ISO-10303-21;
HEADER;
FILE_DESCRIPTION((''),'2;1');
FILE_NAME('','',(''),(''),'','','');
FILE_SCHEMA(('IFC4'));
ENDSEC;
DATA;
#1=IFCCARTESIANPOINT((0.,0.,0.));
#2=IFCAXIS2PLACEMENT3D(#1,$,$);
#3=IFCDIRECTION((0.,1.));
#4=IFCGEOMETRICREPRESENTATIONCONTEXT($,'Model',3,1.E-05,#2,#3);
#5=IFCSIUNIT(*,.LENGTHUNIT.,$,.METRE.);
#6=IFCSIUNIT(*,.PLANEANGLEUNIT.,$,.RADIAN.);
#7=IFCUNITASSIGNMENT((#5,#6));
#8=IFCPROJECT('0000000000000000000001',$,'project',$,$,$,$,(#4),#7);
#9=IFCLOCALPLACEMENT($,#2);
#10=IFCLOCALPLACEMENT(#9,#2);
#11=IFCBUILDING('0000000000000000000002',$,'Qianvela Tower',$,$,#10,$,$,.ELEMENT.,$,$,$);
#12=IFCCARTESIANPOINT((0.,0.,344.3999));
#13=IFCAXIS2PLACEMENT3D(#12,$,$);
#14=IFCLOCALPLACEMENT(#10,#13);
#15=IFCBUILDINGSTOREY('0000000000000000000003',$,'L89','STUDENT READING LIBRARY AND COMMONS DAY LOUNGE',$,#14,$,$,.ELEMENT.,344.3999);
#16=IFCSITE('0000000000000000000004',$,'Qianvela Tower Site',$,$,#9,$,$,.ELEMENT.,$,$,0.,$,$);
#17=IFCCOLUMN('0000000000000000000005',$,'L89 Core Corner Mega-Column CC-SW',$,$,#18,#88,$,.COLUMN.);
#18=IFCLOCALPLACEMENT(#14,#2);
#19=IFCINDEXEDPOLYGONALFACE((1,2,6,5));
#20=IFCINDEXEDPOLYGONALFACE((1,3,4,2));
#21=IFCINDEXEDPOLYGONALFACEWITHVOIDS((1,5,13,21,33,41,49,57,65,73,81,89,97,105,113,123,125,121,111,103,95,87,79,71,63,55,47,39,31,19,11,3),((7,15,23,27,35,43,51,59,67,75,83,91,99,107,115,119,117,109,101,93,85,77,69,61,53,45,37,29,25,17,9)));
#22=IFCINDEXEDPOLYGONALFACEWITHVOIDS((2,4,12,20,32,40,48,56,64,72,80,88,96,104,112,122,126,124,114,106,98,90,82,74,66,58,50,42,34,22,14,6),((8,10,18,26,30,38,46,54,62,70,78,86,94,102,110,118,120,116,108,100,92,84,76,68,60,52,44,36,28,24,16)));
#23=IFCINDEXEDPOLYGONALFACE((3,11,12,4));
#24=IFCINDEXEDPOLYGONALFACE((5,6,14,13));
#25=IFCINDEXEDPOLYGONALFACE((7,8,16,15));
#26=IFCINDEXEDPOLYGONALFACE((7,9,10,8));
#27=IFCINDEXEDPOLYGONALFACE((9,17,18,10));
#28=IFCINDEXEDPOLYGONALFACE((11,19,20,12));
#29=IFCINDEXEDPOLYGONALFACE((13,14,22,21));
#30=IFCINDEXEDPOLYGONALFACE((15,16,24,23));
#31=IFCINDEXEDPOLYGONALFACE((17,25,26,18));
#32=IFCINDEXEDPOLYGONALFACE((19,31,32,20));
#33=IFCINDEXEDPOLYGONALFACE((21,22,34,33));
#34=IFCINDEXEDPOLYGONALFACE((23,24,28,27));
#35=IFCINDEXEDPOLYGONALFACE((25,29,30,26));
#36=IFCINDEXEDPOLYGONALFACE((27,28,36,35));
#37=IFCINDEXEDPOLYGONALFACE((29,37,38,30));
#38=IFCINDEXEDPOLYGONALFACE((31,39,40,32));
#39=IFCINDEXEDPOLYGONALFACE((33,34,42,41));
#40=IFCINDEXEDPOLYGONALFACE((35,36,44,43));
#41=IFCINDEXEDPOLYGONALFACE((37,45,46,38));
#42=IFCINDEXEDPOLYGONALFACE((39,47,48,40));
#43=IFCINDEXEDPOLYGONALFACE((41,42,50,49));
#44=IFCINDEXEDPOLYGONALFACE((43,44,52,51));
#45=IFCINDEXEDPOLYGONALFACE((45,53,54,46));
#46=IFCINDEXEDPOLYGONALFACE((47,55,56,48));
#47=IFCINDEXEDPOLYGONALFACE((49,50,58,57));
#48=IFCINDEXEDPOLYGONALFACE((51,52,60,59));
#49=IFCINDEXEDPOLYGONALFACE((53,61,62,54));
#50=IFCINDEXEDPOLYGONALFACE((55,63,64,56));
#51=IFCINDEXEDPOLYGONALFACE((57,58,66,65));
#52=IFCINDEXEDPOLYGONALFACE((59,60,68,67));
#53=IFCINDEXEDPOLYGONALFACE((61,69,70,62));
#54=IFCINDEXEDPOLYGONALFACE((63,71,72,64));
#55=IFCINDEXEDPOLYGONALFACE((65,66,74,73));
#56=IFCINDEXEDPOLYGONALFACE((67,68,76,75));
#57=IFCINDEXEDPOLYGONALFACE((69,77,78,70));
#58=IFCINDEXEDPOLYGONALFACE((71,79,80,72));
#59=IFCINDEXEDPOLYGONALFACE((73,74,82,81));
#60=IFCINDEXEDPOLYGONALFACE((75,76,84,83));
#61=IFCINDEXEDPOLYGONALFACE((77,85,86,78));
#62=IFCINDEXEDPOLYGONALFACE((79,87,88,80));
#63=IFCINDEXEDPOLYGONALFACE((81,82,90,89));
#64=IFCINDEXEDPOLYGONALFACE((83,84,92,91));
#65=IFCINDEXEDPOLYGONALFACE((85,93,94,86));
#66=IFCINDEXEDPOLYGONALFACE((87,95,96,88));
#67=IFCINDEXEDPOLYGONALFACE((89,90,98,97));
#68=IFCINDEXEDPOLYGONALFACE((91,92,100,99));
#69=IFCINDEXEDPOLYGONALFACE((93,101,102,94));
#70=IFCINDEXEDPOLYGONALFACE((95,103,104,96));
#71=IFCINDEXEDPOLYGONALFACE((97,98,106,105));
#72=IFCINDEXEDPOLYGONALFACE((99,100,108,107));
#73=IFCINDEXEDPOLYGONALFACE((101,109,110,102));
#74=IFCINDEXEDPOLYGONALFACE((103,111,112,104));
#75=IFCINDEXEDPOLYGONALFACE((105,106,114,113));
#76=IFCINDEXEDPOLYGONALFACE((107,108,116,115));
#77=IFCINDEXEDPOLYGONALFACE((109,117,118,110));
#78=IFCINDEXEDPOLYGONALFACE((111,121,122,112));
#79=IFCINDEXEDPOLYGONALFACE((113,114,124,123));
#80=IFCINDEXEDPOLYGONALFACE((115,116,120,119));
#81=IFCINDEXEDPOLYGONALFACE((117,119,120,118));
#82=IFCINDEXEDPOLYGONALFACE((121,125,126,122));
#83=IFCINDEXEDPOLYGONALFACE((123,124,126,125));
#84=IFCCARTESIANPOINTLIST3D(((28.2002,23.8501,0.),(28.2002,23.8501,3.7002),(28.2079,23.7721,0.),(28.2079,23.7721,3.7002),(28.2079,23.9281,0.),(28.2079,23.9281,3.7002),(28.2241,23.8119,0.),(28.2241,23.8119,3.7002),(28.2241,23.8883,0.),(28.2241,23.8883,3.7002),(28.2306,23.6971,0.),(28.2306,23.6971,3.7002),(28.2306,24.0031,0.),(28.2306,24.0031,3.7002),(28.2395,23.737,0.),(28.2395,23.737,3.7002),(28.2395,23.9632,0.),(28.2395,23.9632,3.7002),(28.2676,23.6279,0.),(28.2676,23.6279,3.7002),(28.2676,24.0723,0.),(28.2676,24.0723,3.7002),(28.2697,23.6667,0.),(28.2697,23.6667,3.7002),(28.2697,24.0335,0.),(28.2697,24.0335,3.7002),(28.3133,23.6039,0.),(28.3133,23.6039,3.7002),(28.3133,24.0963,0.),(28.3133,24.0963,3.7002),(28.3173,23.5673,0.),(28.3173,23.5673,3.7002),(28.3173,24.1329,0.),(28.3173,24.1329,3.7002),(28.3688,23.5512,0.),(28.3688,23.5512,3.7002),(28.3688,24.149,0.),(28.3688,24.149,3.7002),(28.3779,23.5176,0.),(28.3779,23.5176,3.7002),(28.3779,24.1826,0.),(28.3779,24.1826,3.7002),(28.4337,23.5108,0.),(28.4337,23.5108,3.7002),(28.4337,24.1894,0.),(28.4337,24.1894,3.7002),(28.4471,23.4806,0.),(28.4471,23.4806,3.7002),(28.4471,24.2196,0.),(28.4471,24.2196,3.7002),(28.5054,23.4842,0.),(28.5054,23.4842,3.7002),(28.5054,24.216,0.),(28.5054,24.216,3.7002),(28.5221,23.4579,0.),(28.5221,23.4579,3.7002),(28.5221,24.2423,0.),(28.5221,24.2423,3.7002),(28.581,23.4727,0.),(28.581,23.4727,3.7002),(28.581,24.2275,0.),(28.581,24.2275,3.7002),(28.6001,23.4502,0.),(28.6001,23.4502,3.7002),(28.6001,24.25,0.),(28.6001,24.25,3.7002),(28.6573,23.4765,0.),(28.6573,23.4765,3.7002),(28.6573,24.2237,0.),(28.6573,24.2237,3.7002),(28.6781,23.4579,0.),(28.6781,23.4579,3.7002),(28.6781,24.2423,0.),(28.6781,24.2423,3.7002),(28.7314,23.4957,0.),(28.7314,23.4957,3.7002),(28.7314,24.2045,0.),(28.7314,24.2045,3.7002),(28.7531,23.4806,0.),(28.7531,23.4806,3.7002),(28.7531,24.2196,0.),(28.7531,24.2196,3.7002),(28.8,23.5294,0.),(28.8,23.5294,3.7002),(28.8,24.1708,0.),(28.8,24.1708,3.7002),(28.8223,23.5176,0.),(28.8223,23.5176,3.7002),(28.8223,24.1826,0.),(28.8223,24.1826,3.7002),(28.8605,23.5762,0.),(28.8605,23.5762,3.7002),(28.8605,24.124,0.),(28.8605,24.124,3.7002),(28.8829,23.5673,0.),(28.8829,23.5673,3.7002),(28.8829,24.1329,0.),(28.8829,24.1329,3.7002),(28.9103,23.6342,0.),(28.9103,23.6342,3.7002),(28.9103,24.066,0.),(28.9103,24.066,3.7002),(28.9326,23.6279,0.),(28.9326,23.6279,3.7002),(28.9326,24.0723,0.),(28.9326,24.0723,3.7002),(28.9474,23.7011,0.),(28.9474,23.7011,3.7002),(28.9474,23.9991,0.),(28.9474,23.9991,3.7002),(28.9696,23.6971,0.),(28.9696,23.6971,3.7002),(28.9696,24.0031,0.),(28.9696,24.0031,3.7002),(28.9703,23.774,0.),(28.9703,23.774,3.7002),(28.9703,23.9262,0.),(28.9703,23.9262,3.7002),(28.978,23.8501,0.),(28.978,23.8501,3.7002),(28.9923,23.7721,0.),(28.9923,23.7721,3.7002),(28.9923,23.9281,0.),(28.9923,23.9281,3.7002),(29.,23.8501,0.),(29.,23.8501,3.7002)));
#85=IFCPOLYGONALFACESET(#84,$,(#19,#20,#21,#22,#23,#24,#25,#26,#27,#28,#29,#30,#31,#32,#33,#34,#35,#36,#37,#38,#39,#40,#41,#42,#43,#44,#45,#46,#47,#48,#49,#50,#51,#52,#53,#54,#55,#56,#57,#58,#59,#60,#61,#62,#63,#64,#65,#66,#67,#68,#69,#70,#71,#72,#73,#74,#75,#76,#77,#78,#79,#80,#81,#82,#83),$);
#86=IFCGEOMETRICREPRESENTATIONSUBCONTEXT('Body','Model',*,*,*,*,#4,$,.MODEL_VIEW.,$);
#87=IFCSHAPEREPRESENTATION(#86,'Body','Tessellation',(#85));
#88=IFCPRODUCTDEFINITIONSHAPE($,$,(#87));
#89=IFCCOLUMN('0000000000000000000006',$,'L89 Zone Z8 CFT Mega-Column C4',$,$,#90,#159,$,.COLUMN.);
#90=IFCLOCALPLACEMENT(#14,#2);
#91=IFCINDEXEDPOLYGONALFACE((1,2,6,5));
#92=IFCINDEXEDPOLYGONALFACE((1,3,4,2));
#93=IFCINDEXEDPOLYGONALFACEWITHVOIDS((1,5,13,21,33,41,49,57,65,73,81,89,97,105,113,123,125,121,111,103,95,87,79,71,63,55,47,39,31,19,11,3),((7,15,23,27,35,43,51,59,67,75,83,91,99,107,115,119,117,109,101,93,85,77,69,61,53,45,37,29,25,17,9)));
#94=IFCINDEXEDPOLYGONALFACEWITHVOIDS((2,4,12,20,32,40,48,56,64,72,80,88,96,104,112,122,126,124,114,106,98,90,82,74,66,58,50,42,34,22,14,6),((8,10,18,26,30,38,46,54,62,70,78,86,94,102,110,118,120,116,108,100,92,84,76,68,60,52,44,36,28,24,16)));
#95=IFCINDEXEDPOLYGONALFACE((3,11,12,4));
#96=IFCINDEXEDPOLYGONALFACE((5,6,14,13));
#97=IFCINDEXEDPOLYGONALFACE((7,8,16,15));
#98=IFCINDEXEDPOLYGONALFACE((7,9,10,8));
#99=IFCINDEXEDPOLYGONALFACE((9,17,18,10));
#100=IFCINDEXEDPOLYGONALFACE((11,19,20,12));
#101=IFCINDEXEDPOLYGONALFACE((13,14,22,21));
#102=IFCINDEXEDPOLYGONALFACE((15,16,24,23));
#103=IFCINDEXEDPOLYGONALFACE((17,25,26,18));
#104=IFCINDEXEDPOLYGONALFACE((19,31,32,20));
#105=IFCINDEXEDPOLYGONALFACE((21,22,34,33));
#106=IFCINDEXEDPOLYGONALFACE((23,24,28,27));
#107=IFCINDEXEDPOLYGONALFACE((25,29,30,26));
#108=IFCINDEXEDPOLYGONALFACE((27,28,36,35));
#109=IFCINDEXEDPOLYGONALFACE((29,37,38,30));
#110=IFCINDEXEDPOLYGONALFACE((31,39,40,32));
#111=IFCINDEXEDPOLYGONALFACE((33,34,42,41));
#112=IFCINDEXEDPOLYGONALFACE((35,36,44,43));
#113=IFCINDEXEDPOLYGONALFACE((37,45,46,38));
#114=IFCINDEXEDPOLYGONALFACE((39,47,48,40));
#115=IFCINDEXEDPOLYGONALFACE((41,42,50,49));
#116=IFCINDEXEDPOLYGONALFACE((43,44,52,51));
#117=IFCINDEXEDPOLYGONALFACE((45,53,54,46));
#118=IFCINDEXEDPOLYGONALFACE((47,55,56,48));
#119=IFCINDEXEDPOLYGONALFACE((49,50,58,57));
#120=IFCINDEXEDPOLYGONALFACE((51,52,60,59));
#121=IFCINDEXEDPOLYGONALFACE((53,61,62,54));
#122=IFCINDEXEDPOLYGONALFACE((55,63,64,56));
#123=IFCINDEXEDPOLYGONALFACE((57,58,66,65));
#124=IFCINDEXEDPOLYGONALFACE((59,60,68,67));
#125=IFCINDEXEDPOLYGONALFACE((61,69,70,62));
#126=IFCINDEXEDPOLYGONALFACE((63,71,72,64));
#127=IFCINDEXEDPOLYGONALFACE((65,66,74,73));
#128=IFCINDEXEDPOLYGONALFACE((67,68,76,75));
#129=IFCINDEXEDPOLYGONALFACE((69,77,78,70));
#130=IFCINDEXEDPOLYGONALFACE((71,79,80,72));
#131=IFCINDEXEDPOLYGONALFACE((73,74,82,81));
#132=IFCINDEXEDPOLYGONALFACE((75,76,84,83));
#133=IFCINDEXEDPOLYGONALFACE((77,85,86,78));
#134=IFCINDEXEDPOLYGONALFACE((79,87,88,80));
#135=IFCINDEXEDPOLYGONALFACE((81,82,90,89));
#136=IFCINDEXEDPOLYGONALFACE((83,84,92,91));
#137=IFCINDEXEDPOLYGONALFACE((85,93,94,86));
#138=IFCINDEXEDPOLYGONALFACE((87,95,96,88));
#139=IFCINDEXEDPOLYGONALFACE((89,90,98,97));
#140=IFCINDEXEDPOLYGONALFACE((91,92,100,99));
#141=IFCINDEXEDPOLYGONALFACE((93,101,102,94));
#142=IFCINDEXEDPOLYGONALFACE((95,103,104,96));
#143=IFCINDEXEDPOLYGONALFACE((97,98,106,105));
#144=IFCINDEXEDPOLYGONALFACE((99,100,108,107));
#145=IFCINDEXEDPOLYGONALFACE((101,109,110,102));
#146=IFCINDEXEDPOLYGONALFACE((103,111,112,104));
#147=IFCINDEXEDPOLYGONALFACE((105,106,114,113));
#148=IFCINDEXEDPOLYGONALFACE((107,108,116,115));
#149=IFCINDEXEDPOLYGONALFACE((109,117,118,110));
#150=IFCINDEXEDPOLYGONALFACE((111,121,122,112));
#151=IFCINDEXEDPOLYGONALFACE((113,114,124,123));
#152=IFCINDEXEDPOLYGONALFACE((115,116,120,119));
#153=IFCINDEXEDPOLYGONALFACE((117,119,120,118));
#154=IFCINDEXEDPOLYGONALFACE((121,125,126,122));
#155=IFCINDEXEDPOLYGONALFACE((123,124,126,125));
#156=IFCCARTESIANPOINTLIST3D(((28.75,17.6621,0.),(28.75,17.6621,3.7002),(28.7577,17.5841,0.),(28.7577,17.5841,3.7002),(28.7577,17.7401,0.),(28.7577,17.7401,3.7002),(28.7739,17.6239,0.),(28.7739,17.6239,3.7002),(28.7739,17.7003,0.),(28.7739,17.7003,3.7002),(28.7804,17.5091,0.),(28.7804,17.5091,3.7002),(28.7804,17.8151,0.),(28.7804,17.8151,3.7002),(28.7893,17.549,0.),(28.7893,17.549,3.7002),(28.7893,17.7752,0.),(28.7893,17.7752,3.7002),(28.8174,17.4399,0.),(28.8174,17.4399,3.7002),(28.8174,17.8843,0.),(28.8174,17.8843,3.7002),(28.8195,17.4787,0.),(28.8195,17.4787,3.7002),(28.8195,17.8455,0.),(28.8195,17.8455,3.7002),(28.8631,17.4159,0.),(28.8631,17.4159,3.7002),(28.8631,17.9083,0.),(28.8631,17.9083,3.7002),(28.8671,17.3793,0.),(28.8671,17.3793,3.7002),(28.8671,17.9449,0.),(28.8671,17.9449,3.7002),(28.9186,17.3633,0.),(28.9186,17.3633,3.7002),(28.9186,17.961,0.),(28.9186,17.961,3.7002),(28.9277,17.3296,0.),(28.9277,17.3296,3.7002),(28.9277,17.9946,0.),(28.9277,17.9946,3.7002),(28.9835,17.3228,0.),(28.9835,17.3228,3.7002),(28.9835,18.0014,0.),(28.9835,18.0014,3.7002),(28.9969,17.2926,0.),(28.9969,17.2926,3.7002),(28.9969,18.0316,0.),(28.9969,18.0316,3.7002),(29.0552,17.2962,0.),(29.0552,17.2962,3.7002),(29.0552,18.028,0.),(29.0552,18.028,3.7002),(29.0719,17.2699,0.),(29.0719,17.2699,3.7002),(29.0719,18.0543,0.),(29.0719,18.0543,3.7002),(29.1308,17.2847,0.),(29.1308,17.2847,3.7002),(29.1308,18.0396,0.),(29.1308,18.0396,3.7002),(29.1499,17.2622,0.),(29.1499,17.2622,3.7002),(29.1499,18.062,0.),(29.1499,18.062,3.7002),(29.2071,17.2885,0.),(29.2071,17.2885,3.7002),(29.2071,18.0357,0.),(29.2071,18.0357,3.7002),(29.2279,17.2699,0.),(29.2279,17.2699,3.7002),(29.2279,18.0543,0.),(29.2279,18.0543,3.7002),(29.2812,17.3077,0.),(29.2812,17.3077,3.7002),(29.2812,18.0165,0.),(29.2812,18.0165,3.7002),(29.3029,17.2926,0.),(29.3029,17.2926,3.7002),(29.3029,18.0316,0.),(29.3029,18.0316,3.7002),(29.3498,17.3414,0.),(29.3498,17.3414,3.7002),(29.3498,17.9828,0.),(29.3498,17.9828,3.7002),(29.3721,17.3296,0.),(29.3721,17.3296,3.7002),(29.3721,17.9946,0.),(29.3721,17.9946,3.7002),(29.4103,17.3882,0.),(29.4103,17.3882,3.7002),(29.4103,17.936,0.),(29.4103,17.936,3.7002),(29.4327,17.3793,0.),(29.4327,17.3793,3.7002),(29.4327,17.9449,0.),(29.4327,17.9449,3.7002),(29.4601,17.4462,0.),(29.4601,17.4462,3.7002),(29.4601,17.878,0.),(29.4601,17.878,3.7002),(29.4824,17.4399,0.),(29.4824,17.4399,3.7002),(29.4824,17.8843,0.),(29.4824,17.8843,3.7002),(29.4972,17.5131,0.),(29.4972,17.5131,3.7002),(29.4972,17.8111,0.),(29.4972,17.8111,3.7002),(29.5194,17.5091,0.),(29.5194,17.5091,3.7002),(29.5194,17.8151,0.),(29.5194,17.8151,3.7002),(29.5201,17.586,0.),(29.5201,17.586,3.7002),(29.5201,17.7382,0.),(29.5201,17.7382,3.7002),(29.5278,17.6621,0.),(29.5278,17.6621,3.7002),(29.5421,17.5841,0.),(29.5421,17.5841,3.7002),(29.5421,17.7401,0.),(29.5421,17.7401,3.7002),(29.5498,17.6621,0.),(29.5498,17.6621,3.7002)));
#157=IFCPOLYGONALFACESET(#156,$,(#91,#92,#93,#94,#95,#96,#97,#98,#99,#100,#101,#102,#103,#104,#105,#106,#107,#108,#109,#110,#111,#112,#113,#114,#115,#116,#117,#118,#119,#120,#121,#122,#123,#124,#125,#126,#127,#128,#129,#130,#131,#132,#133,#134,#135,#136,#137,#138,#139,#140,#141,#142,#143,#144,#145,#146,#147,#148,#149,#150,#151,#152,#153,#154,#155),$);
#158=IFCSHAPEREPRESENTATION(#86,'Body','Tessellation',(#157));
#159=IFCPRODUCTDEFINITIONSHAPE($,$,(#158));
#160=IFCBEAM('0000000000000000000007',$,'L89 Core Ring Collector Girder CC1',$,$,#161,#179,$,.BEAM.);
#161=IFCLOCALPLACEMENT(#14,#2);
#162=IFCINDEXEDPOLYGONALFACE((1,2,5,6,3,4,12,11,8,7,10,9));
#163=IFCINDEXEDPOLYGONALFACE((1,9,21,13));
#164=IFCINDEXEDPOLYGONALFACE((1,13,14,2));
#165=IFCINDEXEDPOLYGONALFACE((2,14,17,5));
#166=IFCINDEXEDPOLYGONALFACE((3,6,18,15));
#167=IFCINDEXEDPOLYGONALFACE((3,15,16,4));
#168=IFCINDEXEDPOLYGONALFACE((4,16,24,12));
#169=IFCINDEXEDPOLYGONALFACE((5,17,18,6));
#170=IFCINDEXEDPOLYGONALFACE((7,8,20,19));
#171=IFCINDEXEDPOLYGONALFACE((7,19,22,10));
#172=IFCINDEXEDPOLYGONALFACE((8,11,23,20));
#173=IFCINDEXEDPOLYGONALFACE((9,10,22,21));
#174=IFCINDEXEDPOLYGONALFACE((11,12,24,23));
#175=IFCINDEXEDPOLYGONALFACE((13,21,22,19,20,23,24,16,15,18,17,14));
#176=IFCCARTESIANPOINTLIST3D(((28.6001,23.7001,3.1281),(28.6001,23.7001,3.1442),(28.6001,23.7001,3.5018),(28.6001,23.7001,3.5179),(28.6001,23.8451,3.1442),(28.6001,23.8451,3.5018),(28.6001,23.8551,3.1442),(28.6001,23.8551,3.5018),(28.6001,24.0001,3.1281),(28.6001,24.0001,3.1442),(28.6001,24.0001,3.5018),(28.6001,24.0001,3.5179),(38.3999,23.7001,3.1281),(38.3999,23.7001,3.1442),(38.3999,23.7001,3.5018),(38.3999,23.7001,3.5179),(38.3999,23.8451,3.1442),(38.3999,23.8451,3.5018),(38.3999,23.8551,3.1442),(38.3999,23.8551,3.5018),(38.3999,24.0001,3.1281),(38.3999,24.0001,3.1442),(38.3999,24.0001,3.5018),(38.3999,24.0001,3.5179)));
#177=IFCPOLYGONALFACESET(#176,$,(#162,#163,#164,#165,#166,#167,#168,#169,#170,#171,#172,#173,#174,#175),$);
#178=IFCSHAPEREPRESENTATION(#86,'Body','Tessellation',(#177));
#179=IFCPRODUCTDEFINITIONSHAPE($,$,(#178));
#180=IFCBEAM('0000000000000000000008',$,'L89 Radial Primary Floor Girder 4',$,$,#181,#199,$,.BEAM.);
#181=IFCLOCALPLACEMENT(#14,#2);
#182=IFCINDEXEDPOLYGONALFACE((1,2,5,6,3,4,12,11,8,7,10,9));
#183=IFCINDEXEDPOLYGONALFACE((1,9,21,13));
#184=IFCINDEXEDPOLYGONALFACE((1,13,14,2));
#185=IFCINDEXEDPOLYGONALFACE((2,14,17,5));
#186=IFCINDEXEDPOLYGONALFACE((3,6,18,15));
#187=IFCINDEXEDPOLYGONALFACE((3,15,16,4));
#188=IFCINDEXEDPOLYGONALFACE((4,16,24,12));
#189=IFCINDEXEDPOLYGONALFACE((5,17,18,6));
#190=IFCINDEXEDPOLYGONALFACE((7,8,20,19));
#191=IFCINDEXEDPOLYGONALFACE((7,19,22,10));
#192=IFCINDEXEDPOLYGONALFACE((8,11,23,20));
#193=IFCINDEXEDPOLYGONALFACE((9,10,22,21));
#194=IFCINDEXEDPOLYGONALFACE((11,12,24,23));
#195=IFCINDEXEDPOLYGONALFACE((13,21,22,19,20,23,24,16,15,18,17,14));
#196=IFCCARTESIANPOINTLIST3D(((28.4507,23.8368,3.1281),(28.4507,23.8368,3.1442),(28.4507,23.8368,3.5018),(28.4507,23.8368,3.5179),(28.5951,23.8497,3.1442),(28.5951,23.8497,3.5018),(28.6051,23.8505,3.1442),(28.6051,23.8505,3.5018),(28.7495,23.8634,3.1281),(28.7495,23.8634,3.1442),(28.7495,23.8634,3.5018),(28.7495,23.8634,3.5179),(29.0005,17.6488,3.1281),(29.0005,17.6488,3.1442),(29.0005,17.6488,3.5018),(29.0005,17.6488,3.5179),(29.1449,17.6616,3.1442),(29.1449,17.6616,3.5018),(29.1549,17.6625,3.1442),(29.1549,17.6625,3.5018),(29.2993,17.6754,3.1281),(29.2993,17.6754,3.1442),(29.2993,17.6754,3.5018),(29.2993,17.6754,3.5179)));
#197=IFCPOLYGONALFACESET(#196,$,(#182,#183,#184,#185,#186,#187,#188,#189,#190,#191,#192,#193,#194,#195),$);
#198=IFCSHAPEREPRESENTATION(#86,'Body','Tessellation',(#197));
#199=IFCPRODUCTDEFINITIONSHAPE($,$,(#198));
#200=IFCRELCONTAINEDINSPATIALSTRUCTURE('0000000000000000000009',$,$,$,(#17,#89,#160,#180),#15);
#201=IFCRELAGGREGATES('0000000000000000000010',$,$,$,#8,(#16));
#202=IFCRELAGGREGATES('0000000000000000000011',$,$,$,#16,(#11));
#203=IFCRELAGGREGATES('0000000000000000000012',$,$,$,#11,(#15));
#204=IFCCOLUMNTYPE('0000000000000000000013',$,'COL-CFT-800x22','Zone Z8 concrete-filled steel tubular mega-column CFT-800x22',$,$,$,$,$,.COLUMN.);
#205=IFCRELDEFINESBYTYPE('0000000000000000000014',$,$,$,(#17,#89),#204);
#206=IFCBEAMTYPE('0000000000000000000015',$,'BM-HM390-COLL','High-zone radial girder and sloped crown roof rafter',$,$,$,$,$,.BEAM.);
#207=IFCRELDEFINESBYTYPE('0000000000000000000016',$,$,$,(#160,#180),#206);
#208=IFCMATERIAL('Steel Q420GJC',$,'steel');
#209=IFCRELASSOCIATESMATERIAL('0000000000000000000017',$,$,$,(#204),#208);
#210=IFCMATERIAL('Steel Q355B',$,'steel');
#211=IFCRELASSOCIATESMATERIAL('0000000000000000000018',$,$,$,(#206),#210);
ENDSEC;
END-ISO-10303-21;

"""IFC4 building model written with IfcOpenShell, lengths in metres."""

from ifc_helpers import new_model, si_unit, direction, frame, origin, origin_2d, place, context, subcontext, project, spatial, hollow_circle, i_section, extrude, material, material_profile, profile_set, type_object, element, save


model = new_model("IFC4")

# Units and contexts
model_context = context("Model", 3, precision=1e-05, world=origin(), true_north=direction((0.0, 1.0)))
body_context = subcontext(model_context, "Body", "Model", "MODEL_VIEW")
ifc_project = project(units=[si_unit("LENGTHUNIT", "METRE"), si_unit("PLANEANGLEUNIT", "RADIAN")], contexts=[model_context])

# Site, building, storey
site_placement = place(None, origin())
site = spatial("IfcSite", under=ifc_project, at=site_placement, Name="Qianvela Tower Site", CompositionType="ELEMENT", RefElevation=0.0)
building_placement = place(site_placement, origin())
building = spatial("IfcBuilding", under=site, at=building_placement, Name="Qianvela Tower", CompositionType="ELEMENT")
storey_placement = place(building_placement, frame((0.0, 0.0, 344.3999)))
storey = spatial("IfcBuildingStorey", under=building, at=storey_placement, Name="L89", Description="STUDENT READING LIBRARY AND COMMONS DAY LOUNGE", CompositionType="ELEMENT", Elevation=344.3999)

# Columns
ifc_material_1 = material(Name="Steel Q420GJC", Category="steel")
ifc_material_profile_1 = material_profile(ifc_material_1, hollow_circle(Radius=0.3999, WallThickness=0.022, at=origin_2d()), Name="CFT-800x22")
ifc_profile_set_1 = profile_set([ifc_material_profile_1], Name="Steel Q420GJC")
column_type = type_object("IfcColumnType", Name="COL-CFT-800x22", Description="Zone Z8 concrete-filled steel tubular mega-column CFT-800x22", PredefinedType="COLUMN", material=ifc_profile_set_1)
for number, where, z_axis, x_axis, name in (
    (1, (28.6001, 23.8501, 0.0), (0.0, 0.0, 1.0), (1.0, 0.0, 0.0), "L89 Core Corner Mega-Column CC-SW"),
    (2, (29.1499, 17.6621, 0.0), (0.0, 0.0, 1.0), (1.0, 0.0, 0.0), "L89 Zone Z8 CFT Mega-Column C4"),
):
    element("IfcColumn", number, at=place(storey_placement, frame(where, z_axis=z_axis, x_axis=x_axis)), inside=storey, type_object=column_type, Name=name, PredefinedType="COLUMN", context=body_context, shape_type="SweptSolid", body=[
        extrude(hollow_circle(Radius=0.3999, WallThickness=0.022, at=origin_2d()), origin(), (0.0, 0.0, 1.0), 3.7002),
    ])

# Beams
ifc_material_2 = material(Name="Steel Q355B", Category="steel")
ifc_material_profile_2 = material_profile(ifc_material_2, i_section(OverallWidth=0.3, OverallDepth=0.3899, WebThickness=0.01, FlangeThickness=0.0161, at=origin_2d()), Name="HM390x300x10x16")
ifc_profile_set_2 = profile_set([ifc_material_profile_2], Name="Steel Q355B")
beam_type_1 = type_object("IfcBeamType", Name="BM-HM390-COLL", Description="High-zone radial girder and sloped crown roof rafter", PredefinedType="BEAM", material=ifc_profile_set_2)
beam_1_placement = place(storey_placement, frame((28.6001, 23.8501, 3.323), z_axis=(1.0, 0.0, 0.0), x_axis=(0.0, 1.0, 0.0)))
element("IfcBeam", 3, at=beam_1_placement, inside=storey, type_object=beam_type_1, Name="L89 Core Ring Collector Girder CC1", PredefinedType="BEAM", context=body_context, shape_type="SweptSolid", body=[
    extrude(i_section(OverallWidth=0.3, OverallDepth=0.3899, WebThickness=0.01, FlangeThickness=0.0161, at=origin_2d()), origin(), (0.0, 0.0, 1.0), 9.7998),
])
beam_2_placement = place(storey_placement, frame((28.6001, 23.8501, 3.323), z_axis=(0.088502, -0.996076, 0.0), x_axis=(0.996076, 0.088502, 0.0)))
element("IfcBeam", 4, at=beam_2_placement, inside=storey, type_object=beam_type_1, Name="L89 Radial Primary Floor Girder 4", PredefinedType="BEAM", context=body_context, shape_type="SweptSolid", body=[
    extrude(i_section(OverallWidth=0.3, OverallDepth=0.3899, WebThickness=0.01, FlangeThickness=0.0161, at=origin_2d()), origin(), (0.0, 0.0, 1.0), 6.2124),
])

save(model, "model.ifc")
